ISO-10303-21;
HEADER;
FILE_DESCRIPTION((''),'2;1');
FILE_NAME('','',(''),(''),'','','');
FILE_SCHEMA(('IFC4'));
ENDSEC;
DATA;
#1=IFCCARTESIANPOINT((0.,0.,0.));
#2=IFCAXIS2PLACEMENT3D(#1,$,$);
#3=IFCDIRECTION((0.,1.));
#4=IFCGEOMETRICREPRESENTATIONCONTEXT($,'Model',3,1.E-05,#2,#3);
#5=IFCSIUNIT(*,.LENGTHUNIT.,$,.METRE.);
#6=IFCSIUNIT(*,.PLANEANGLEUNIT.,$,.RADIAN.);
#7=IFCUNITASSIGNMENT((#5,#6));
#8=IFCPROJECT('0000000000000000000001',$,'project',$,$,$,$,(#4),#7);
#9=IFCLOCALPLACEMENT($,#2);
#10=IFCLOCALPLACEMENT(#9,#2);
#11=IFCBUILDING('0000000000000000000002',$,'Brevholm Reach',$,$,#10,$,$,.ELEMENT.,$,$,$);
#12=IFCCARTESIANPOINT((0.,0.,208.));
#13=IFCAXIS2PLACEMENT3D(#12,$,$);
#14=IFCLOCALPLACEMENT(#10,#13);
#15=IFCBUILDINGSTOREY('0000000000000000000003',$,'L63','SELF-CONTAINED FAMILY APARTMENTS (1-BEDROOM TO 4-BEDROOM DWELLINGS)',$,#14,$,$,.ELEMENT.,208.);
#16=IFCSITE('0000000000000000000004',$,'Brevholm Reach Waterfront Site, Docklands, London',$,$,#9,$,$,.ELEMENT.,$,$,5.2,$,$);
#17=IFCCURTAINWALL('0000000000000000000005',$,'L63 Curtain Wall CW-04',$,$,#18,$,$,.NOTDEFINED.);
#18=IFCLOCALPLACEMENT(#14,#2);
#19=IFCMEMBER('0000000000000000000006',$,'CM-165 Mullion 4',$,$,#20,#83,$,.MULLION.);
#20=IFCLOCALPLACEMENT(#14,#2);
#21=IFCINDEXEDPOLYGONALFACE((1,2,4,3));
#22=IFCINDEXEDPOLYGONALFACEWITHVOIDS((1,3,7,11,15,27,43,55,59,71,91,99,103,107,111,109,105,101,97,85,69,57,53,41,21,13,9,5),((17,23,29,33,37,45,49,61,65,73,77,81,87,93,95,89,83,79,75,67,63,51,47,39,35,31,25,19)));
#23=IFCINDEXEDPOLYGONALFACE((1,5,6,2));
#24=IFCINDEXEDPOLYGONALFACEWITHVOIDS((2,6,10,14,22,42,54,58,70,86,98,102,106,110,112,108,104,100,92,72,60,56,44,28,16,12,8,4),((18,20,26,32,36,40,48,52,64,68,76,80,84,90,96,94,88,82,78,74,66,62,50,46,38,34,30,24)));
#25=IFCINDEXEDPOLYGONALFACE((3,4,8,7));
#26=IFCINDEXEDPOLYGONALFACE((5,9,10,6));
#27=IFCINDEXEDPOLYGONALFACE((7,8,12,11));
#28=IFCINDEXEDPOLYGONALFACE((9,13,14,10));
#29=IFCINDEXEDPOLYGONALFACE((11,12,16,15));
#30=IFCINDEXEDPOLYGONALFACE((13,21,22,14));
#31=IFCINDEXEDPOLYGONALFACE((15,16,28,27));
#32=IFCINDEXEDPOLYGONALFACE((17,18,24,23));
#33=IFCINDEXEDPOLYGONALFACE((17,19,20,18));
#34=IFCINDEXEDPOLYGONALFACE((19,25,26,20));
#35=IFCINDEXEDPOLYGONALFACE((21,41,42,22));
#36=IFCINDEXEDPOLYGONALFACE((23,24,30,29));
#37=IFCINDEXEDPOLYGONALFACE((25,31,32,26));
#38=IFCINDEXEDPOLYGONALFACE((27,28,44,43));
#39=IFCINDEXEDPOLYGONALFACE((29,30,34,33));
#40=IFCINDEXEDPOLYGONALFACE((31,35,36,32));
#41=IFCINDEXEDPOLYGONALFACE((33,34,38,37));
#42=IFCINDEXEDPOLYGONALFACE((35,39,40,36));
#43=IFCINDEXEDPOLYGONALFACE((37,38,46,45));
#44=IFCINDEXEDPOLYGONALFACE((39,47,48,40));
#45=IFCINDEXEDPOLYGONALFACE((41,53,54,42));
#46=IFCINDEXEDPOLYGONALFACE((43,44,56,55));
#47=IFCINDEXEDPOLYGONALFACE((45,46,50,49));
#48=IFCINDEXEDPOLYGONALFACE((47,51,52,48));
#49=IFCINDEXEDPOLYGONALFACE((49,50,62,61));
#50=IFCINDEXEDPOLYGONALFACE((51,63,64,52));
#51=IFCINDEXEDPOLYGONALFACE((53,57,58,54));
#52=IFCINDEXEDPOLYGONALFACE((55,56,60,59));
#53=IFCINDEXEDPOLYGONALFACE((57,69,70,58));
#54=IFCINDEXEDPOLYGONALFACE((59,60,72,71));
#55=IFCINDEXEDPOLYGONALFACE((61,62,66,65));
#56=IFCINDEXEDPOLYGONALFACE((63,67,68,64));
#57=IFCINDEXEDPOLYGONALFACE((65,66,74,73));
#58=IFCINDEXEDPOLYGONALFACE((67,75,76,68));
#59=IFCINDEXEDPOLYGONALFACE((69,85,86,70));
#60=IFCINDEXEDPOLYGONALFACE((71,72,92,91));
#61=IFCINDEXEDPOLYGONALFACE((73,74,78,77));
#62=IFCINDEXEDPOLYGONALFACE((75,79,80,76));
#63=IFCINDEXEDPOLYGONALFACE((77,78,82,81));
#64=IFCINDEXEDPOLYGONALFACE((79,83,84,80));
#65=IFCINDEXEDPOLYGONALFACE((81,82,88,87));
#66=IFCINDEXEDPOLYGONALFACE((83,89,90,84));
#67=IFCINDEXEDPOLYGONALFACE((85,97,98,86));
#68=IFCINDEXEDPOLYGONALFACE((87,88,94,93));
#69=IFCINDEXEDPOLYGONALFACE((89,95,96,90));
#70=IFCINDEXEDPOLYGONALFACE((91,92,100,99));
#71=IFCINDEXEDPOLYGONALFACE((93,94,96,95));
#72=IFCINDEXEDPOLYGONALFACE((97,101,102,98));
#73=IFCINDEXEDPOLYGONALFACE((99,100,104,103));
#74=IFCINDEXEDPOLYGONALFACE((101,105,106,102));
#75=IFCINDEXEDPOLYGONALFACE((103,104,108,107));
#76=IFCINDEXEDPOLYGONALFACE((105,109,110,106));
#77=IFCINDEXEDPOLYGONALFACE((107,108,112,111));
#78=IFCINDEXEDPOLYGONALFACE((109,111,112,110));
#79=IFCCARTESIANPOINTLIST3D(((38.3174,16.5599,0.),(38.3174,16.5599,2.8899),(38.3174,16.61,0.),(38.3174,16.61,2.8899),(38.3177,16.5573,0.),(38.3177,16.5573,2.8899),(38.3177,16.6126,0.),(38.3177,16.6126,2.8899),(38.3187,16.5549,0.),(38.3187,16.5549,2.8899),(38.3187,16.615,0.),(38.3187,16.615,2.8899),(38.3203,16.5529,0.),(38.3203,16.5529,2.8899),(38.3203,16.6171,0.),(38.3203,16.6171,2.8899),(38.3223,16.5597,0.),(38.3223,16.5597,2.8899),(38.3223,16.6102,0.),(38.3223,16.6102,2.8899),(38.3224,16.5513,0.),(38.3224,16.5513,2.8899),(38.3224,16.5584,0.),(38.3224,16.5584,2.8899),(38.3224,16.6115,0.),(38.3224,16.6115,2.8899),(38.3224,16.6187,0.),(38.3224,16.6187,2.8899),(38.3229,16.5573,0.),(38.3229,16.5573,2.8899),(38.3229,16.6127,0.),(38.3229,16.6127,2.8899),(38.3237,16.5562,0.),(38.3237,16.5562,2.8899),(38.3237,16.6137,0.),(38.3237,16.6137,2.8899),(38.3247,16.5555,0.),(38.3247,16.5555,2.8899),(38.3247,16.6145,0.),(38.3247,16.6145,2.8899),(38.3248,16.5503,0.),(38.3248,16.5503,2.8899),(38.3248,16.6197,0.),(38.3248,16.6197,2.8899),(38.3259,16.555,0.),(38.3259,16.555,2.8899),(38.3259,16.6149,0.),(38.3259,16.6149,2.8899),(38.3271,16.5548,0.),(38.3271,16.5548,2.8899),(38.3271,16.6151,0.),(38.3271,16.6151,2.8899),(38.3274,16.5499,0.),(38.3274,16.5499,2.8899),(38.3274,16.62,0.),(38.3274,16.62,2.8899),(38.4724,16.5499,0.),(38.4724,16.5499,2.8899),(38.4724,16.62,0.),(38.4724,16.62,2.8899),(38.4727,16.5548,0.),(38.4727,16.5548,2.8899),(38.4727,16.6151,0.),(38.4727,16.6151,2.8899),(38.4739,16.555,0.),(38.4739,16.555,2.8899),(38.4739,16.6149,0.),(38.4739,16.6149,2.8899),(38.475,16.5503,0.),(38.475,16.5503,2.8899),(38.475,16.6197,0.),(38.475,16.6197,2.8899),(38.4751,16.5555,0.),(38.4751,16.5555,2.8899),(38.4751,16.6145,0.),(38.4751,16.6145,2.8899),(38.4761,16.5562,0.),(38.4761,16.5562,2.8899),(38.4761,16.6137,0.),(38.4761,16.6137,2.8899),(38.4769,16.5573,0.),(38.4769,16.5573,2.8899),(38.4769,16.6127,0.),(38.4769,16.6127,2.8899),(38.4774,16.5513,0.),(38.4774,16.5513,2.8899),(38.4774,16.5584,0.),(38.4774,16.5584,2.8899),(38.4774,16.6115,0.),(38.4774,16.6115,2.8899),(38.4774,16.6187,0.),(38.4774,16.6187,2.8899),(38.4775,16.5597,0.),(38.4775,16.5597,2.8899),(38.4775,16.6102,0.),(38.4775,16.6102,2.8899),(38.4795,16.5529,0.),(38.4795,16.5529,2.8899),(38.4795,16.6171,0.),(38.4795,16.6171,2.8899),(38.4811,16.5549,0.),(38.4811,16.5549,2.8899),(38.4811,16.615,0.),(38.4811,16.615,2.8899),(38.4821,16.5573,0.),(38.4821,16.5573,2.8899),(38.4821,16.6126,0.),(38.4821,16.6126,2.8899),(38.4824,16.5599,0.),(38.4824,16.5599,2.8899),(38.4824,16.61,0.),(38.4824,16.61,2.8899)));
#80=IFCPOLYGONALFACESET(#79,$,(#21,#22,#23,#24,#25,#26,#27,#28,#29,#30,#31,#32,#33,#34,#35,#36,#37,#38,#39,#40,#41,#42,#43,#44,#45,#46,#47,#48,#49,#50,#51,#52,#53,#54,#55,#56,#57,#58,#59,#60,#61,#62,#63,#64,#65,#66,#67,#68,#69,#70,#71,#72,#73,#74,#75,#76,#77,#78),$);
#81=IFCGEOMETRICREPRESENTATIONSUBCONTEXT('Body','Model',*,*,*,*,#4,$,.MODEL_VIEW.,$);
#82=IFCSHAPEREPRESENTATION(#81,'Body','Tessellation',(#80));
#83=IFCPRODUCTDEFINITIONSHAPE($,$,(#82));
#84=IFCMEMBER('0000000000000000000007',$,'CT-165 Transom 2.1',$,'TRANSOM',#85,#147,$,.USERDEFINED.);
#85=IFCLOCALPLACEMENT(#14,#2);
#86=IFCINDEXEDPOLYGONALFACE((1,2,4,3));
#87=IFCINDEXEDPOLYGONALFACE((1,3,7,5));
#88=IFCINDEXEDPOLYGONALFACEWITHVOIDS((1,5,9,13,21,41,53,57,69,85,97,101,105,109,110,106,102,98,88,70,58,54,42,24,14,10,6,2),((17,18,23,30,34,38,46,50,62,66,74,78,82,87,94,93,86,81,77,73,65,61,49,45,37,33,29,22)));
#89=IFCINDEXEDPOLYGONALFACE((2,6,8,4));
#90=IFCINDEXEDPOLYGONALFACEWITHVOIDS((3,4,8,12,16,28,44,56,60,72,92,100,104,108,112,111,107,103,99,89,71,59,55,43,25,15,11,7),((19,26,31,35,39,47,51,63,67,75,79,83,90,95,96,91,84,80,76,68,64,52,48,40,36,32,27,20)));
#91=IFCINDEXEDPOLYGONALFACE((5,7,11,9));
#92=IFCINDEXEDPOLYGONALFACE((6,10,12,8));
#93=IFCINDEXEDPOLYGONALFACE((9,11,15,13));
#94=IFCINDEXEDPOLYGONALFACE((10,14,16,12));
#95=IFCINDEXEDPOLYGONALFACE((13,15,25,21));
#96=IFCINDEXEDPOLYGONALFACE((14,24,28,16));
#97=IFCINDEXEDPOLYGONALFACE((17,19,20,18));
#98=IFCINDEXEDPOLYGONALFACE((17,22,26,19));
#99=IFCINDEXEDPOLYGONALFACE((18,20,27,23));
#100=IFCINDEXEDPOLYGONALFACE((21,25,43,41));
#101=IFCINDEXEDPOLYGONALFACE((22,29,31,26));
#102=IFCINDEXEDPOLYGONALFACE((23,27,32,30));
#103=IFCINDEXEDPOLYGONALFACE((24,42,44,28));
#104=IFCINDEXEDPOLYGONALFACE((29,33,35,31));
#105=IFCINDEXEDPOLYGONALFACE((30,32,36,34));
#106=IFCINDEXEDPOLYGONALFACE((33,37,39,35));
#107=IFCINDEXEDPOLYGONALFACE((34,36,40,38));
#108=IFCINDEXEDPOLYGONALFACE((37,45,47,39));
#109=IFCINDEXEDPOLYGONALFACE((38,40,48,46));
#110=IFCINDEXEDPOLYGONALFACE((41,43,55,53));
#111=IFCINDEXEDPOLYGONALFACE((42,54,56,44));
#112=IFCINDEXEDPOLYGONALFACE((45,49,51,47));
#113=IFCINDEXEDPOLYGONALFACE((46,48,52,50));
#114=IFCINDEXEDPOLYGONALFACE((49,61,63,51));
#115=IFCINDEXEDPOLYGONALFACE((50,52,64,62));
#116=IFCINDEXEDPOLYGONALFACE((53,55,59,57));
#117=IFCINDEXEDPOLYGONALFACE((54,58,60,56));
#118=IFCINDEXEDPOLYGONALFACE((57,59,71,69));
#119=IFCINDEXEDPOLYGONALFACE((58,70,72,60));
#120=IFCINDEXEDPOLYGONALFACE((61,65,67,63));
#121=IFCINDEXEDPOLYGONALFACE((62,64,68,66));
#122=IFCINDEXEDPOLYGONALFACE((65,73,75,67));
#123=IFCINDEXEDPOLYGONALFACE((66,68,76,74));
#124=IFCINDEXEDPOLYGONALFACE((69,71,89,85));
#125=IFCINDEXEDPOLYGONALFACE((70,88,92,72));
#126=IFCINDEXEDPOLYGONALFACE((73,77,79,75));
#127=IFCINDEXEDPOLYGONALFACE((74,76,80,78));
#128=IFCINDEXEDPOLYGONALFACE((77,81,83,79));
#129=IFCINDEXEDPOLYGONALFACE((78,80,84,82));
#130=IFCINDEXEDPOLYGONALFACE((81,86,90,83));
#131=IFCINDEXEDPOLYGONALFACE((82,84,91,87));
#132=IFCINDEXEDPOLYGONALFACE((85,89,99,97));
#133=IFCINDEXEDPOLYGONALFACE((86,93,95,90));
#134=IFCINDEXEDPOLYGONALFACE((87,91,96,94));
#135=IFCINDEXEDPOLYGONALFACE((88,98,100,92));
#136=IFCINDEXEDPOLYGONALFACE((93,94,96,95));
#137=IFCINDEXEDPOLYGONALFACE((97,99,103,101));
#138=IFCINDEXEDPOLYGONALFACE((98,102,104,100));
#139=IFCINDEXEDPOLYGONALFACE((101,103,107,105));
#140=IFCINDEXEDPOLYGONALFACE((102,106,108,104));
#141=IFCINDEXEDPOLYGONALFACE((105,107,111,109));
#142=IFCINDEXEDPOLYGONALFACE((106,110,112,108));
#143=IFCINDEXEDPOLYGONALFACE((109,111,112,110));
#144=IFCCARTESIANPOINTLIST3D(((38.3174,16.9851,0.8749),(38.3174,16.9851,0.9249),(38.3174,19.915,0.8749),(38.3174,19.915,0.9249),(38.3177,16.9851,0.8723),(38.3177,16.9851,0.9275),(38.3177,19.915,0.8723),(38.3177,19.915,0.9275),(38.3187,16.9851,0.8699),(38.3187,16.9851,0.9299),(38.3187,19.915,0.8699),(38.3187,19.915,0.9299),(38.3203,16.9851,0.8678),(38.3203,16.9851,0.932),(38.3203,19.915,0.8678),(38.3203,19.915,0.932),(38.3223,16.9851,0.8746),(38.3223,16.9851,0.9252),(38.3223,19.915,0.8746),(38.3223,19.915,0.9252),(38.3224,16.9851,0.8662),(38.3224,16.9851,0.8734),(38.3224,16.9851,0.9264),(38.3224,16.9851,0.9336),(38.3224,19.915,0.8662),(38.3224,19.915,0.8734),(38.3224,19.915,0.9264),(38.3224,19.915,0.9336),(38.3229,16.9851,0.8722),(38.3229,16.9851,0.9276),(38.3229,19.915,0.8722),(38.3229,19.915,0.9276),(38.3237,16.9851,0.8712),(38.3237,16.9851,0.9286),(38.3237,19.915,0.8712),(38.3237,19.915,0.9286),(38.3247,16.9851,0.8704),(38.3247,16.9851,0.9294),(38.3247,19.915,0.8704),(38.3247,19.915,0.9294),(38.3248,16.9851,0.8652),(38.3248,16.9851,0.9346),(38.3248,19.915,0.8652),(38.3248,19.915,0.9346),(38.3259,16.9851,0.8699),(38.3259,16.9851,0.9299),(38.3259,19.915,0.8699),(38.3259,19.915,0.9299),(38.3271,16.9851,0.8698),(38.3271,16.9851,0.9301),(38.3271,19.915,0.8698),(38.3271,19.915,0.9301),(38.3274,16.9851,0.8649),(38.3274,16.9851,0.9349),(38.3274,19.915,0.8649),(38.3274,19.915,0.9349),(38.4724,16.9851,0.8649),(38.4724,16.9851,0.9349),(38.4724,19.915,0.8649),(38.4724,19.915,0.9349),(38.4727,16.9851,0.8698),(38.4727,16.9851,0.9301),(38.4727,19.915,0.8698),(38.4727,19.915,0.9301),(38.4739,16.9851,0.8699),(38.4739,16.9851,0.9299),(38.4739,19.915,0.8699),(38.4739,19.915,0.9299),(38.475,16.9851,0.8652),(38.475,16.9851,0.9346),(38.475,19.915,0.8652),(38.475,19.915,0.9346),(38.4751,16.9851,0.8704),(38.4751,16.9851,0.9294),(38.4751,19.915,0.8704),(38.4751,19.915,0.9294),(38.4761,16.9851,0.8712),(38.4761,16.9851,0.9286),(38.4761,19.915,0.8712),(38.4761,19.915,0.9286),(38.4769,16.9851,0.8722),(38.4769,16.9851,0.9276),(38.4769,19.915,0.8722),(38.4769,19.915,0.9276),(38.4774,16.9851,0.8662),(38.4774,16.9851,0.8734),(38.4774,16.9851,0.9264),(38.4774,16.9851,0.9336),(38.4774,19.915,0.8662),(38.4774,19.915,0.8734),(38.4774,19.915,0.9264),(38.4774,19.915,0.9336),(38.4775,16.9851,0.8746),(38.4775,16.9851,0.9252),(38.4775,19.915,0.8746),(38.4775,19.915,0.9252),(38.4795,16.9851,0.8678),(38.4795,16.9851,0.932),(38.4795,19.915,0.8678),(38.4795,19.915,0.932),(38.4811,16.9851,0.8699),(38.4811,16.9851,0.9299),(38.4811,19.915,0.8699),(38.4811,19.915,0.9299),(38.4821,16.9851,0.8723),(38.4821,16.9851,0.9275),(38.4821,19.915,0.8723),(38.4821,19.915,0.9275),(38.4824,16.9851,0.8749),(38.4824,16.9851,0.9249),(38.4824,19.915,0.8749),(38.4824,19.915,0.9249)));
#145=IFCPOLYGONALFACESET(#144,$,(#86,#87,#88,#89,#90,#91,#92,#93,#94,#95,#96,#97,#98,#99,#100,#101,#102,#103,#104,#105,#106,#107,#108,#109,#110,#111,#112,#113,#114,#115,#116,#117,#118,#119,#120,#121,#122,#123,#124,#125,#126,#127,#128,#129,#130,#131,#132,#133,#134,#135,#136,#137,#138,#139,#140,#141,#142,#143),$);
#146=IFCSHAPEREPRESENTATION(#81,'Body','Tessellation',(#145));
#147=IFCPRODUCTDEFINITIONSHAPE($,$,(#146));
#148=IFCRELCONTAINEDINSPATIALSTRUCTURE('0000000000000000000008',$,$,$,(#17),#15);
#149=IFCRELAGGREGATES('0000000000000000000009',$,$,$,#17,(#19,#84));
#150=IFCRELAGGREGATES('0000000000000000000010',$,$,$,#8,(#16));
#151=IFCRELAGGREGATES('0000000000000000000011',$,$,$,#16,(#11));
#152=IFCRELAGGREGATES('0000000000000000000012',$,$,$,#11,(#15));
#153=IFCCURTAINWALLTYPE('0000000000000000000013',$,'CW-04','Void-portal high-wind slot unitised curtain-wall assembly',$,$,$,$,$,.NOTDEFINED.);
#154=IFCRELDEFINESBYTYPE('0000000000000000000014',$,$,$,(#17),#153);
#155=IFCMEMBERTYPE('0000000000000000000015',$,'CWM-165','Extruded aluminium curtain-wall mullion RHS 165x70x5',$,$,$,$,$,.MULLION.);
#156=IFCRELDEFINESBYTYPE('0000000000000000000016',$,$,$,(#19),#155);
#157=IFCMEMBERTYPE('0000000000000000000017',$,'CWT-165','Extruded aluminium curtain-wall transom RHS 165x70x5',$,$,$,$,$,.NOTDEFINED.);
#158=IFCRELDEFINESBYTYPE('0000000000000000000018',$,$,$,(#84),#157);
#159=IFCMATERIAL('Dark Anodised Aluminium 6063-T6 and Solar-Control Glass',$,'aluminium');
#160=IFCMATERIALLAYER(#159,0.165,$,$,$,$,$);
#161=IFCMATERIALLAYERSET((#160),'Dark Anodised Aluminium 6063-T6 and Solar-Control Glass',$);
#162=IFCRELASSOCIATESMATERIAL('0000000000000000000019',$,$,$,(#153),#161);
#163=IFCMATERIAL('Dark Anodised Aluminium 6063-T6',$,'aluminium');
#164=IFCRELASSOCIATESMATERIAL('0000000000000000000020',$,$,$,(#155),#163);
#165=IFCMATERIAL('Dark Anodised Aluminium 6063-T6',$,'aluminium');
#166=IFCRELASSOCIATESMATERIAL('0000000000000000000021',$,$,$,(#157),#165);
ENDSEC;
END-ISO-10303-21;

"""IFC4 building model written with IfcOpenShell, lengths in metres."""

from ifc_helpers import new_model, si_unit, direction, frame, origin, origin_2d, place, context, subcontext, project, spatial, hollow_rectangle, extrude, material, layer, layer_set, material_profile, profile_set, type_object, element, aggregate, save


model = new_model("IFC4")

# Units and contexts
model_context = context("Model", 3, precision=1e-05, world=origin(), true_north=direction((0.0, 1.0)))
body_context = subcontext(model_context, "Body", "Model", "MODEL_VIEW")
ifc_project = project(units=[si_unit("LENGTHUNIT", "METRE"), si_unit("PLANEANGLEUNIT", "RADIAN")], contexts=[model_context])

# Site, building, storey
site_placement = place(None, origin())
site = spatial("IfcSite", under=ifc_project, at=site_placement, Name="Brevholm Reach Waterfront Site, Docklands, London", CompositionType="ELEMENT", RefElevation=5.2)
building_placement = place(site_placement, origin())
building = spatial("IfcBuilding", under=site, at=building_placement, Name="Brevholm Reach", CompositionType="ELEMENT")
storey_placement = place(building_placement, frame((0.0, 0.0, 208.0)))
storey = spatial("IfcBuildingStorey", under=building, at=storey_placement, Name="L63", Description="SELF-CONTAINED FAMILY APARTMENTS (1-BEDROOM TO 4-BEDROOM DWELLINGS)", CompositionType="ELEMENT", Elevation=208.0)

# Curtain wall, members
ifc_material_1 = material(Name="Dark Anodised Aluminium 6063-T6 and Solar-Control Glass", Category="aluminium")
ifc_layer_1 = layer(ifc_material_1, 0.165)
ifc_layer_set_1 = layer_set([ifc_layer_1], Name="Dark Anodised Aluminium 6063-T6 and Solar-Control Glass")
curtain_wall_type = type_object("IfcCurtainWallType", Name="CW-04", Description="Void-portal high-wind slot unitised curtain-wall assembly", PredefinedType="NOTDEFINED", material=ifc_layer_set_1)
curtain_wall_placement = place(storey_placement, origin())
curtain_wall = element("IfcCurtainWall", 1, at=curtain_wall_placement, inside=storey, type_object=curtain_wall_type, Name="L63 Curtain Wall CW-04", PredefinedType="NOTDEFINED")
ifc_material_2 = material(Name="Dark Anodised Aluminium 6063-T6", Category="aluminium")
ifc_material_profile_1 = material_profile(ifc_material_2, hollow_rectangle(XDim=0.0701, YDim=0.165, WallThickness=0.0049, InnerFilletRadius=0.0049, OuterFilletRadius=0.01, at=origin_2d()), Name="RHS 165x70x5")
ifc_profile_set_1 = profile_set([ifc_material_profile_1], Name="Dark Anodised Aluminium 6063-T6")
member_type_1 = type_object("IfcMemberType", Name="CWM-165", Description="Extruded aluminium curtain-wall mullion RHS 165x70x5", PredefinedType="MULLION", material=ifc_profile_set_1)
member_1_placement = place(storey_placement, frame((38.3999, 16.585, 0.0), z_axis=(0.0, 0.0, 1.0), x_axis=(0.0, -1.0, 0.0)))
member_1 = element("IfcMember", 2, at=member_1_placement, type_object=member_type_1, Name="CM-165 Mullion 4", PredefinedType="MULLION", context=body_context, shape_type="SweptSolid", body=[
    extrude(hollow_rectangle(XDim=0.0701, YDim=0.165, WallThickness=0.0049, InnerFilletRadius=0.0049, OuterFilletRadius=0.01, at=origin_2d()), origin(), (0.0, 0.0, 1.0), 2.8899),
])
ifc_material_3 = material(Name="Dark Anodised Aluminium 6063-T6", Category="aluminium")
ifc_material_profile_2 = material_profile(ifc_material_3, hollow_rectangle(XDim=0.0701, YDim=0.165, WallThickness=0.0049, InnerFilletRadius=0.0049, OuterFilletRadius=0.01, at=origin_2d()), Name="RHS 165x70x5")
ifc_profile_set_2 = profile_set([ifc_material_profile_2], Name="Dark Anodised Aluminium 6063-T6")
member_type_2 = type_object("IfcMemberType", Name="CWT-165", Description="Extruded aluminium curtain-wall transom RHS 165x70x5", PredefinedType="NOTDEFINED", material=ifc_profile_set_2)
member_2_placement = place(storey_placement, frame((38.3999, 19.915, 0.8999), z_axis=(0.0, -1.0, 0.0), x_axis=(0.0, 0.0, 1.0)))
member_2 = element("IfcMember", 3, at=member_2_placement, type_object=member_type_2, Name="CT-165 Transom 2.1", ObjectType="TRANSOM", PredefinedType="USERDEFINED", context=body_context, shape_type="SweptSolid", body=[
    extrude(hollow_rectangle(XDim=0.0701, YDim=0.165, WallThickness=0.0049, InnerFilletRadius=0.0049, OuterFilletRadius=0.01, at=origin_2d()), origin(), (0.0, 0.0, 1.0), 2.9299),
])
aggregate(curtain_wall, [member_1, member_2])

save(model, "model.ifc")
